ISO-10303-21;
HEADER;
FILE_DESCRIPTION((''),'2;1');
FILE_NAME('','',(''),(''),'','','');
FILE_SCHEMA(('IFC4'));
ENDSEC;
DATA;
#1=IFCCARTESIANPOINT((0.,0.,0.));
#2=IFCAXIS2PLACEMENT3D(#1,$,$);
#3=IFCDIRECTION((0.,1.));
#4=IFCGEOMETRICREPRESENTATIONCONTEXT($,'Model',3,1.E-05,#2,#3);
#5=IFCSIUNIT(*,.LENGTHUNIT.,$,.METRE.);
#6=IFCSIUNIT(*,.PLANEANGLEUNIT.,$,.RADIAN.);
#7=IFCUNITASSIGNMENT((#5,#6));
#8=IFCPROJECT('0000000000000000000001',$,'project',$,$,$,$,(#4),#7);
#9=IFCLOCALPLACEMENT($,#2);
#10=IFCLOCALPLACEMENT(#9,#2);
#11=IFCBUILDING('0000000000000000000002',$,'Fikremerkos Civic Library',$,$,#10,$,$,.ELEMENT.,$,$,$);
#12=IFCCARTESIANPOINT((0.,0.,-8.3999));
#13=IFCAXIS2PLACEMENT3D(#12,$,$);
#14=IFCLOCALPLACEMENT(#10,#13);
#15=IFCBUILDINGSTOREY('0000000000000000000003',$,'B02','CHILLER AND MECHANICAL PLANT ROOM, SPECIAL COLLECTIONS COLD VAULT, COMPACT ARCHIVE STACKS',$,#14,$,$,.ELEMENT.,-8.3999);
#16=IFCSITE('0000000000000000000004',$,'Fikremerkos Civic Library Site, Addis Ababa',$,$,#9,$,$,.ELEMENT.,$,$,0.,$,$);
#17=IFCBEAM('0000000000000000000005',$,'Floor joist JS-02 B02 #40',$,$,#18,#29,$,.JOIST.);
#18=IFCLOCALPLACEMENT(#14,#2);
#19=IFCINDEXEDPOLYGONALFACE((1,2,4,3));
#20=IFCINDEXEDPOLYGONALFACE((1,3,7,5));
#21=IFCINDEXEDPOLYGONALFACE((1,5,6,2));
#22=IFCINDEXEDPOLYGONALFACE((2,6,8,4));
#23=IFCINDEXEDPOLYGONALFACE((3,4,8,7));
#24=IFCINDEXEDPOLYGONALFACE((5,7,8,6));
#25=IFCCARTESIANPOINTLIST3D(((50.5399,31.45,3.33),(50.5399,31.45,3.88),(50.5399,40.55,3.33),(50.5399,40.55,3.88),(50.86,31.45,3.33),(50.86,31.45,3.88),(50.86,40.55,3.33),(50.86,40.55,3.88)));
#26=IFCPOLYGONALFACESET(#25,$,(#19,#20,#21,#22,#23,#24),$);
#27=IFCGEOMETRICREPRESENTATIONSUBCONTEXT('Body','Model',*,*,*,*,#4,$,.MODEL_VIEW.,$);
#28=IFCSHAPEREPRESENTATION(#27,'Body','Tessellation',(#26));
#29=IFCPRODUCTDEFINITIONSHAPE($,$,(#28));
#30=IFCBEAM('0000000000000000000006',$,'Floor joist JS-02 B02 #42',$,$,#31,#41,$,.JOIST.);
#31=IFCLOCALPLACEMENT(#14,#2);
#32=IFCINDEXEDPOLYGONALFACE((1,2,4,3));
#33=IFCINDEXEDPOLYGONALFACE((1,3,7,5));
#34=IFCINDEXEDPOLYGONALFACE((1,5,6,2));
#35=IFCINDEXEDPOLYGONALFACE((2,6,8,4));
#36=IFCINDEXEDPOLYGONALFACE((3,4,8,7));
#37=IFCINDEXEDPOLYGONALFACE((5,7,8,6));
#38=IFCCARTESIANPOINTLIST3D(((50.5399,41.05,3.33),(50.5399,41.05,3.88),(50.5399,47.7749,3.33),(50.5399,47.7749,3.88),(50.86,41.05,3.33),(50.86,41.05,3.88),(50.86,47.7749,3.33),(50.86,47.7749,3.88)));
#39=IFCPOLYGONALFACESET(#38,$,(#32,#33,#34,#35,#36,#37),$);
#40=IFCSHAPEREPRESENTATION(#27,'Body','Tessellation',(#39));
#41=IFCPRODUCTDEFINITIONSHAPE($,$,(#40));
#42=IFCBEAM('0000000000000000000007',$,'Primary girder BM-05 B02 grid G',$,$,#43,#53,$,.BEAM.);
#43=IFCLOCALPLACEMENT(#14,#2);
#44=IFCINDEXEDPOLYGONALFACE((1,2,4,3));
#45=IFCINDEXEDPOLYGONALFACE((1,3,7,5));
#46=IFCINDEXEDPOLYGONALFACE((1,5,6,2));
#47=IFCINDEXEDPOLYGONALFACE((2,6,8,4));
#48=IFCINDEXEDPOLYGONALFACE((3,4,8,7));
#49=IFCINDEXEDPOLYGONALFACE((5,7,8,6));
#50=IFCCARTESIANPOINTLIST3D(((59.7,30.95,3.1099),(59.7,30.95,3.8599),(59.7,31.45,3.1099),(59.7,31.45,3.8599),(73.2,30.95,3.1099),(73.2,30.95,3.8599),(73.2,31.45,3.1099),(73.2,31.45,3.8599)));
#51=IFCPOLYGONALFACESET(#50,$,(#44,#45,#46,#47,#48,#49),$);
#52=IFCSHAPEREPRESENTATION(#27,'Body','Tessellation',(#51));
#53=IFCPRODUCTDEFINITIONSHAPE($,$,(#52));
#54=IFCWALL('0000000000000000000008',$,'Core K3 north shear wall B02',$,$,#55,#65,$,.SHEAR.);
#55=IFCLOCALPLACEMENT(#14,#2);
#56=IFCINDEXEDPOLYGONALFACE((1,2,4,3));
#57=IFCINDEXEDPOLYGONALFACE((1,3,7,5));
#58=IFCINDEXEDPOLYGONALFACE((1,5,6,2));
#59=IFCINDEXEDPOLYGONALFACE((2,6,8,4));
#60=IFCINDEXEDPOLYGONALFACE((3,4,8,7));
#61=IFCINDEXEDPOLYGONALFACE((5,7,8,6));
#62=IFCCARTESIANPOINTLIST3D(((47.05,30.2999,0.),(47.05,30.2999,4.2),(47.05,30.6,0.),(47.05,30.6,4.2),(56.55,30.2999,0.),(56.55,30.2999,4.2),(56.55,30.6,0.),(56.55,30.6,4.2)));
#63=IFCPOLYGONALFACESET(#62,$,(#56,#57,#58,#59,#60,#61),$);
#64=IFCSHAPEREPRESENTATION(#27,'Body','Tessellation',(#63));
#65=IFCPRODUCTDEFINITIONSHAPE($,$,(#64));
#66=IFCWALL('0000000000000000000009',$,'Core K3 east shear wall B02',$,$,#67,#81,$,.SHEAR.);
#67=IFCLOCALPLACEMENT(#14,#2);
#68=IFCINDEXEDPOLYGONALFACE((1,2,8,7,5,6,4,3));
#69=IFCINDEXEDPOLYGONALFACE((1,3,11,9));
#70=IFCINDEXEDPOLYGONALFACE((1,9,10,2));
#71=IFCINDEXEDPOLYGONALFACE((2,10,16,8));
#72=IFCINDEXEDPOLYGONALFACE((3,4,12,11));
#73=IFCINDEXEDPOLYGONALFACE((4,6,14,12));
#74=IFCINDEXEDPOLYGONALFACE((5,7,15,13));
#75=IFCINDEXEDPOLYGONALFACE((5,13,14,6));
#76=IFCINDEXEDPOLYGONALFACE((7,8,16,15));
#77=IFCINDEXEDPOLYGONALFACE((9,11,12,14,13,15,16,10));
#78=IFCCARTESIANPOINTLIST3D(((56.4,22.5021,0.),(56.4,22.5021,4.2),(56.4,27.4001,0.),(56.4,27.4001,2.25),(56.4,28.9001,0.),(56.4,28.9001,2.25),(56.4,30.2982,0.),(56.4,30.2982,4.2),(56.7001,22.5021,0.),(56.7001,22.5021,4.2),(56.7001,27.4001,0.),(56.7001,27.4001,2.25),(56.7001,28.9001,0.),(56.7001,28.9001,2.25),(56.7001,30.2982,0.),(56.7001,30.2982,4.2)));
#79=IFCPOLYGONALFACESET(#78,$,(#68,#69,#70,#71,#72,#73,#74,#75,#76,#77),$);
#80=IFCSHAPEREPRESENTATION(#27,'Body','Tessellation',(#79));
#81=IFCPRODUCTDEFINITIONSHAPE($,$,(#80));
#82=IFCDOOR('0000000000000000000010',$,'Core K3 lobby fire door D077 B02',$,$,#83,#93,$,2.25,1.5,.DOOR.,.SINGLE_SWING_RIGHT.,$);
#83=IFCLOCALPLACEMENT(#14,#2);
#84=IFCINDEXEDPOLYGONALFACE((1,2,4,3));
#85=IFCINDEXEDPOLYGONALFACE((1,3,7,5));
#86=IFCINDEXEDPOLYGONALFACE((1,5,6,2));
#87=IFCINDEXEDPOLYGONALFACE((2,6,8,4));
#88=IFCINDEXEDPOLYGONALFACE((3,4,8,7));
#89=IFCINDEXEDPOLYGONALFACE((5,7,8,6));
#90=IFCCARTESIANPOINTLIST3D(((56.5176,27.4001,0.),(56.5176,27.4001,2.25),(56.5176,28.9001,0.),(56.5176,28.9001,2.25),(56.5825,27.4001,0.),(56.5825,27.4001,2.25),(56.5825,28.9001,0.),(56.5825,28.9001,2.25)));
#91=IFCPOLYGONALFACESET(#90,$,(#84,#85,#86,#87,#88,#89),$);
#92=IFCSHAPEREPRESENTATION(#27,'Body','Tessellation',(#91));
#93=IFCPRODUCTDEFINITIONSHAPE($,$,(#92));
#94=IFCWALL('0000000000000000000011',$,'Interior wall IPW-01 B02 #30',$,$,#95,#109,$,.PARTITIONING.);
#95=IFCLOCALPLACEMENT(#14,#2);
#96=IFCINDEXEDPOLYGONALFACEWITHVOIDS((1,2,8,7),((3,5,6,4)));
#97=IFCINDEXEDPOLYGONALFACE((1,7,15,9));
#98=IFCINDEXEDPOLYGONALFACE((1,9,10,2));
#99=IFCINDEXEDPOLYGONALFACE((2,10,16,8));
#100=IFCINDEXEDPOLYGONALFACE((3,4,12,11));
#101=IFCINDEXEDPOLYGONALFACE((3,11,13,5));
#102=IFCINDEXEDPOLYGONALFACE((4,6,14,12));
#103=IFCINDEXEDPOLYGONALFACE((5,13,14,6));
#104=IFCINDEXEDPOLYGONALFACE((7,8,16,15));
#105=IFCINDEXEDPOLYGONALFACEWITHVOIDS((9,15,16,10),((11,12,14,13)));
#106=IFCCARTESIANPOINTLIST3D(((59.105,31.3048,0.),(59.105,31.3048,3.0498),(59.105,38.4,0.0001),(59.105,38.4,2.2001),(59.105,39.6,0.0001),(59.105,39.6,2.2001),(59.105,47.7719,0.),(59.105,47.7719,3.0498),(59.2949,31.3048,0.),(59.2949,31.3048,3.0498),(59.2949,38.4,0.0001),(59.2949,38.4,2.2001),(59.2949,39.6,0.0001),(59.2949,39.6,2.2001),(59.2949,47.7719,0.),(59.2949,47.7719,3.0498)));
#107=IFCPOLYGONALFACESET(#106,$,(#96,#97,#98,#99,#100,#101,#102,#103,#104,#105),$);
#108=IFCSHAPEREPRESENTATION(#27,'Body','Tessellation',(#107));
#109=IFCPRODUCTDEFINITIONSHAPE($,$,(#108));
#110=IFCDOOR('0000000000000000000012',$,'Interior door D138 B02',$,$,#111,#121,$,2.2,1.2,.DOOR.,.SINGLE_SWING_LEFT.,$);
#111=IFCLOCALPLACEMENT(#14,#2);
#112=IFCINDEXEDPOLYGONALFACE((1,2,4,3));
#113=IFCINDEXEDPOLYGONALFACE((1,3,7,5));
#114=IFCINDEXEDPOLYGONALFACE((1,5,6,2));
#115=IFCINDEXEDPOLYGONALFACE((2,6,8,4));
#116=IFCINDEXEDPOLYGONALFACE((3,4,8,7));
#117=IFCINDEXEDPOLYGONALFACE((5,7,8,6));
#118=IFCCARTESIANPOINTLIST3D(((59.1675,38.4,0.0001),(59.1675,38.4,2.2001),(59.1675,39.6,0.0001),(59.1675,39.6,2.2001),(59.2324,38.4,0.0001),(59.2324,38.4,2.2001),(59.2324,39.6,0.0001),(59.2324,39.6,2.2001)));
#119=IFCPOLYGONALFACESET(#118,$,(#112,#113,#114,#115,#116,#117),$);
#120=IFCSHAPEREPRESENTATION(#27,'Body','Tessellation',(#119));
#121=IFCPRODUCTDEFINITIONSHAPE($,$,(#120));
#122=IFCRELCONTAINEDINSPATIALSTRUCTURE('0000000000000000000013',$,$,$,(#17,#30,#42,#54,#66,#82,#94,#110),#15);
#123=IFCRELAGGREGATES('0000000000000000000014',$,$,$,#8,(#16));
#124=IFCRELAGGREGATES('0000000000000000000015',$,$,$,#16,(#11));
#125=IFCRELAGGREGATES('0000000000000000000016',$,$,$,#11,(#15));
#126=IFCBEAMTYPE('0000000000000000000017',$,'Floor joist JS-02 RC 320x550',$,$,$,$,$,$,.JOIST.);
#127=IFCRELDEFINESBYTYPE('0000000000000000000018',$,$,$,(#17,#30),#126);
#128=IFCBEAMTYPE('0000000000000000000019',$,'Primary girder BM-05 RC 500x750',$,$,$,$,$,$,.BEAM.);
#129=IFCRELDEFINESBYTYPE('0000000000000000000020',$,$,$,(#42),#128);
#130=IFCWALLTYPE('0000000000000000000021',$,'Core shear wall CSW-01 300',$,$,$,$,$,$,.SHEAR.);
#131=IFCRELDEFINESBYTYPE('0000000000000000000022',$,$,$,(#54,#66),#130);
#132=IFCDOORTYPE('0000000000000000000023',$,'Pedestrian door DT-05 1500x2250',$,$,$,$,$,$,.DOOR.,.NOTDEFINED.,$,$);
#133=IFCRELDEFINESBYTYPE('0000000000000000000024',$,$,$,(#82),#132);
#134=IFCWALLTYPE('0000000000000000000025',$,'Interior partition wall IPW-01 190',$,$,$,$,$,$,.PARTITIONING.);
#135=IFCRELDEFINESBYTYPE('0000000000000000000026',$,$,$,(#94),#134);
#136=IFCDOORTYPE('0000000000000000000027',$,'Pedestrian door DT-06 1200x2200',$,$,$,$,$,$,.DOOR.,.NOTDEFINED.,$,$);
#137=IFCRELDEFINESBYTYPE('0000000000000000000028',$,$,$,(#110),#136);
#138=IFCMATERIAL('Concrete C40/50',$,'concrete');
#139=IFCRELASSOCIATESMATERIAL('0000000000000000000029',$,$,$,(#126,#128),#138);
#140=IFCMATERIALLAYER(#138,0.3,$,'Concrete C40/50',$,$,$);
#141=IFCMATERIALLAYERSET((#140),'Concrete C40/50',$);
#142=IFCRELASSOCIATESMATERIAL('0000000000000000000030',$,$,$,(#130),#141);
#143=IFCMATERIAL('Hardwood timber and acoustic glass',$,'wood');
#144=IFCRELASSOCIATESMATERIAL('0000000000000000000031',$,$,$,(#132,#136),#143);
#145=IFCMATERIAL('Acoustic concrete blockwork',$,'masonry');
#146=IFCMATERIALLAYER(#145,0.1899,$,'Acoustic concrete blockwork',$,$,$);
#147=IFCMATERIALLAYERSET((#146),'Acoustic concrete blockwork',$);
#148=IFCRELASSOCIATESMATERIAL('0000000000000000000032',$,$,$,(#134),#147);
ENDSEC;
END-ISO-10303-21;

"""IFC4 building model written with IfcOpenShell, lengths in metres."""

from ifc_helpers import new_model, si_unit, direction, frame, frame_2d, origin, origin_2d, place, context, subcontext, project, spatial, rectangle, extrude, material, layer, layer_set, material_profile, profile_set, type_object, element, fill, save


model = new_model("IFC4")

# Units and contexts
model_context = context("Model", 3, precision=1e-05, world=origin(), true_north=direction((0.0, 1.0)))
body_context = subcontext(model_context, "Body", "Model", "MODEL_VIEW")
ifc_project = project(units=[si_unit("LENGTHUNIT", "METRE"), si_unit("PLANEANGLEUNIT", "RADIAN")], contexts=[model_context])

# Site, building, storey
site_placement = place(None, origin())
site = spatial("IfcSite", under=ifc_project, at=site_placement, Name="Fikremerkos Civic Library Site, Addis Ababa", CompositionType="ELEMENT", RefElevation=0.0)
building_placement = place(site_placement, origin())
building = spatial("IfcBuilding", under=site, at=building_placement, Name="Fikremerkos Civic Library", CompositionType="ELEMENT")
storey_placement = place(building_placement, frame((0.0, 0.0, -8.3999)))
storey = spatial("IfcBuildingStorey", under=building, at=storey_placement, Name="B02", Description="CHILLER AND MECHANICAL PLANT ROOM, SPECIAL COLLECTIONS COLD VAULT, COMPACT ARCHIVE STACKS", CompositionType="ELEMENT", Elevation=-8.3999)

# Shared definitions
ifc_material_1 = material(Name="Concrete C40/50", Category="concrete")

# Beams
ifc_material_profile_1 = material_profile(ifc_material_1, rectangle(XDim=0.3201, YDim=0.55, at=origin_2d()), Name="RC 320x550")
ifc_profile_set_1 = profile_set([ifc_material_profile_1], Name="Concrete C40/50")
beam_type_1 = type_object("IfcBeamType", Name="Floor joist JS-02 RC 320x550", PredefinedType="JOIST", material=ifc_profile_set_1)
beam_1_placement = place(storey_placement, frame((50.7, 31.45, 3.605), z_axis=(0.0, 1.0, 0.0), x_axis=(-1.0, 0.0, 0.0)))
element("IfcBeam", 1, at=beam_1_placement, inside=storey, type_object=beam_type_1, Name="Floor joist JS-02 B02 #40", PredefinedType="JOIST", context=body_context, shape_type="SweptSolid", body=[
    extrude(rectangle(XDim=0.3201, YDim=0.55, at=origin_2d()), origin(), (0.0, 0.0, 1.0), 9.1001),
])
beam_2_placement = place(storey_placement, frame((50.7, 41.05, 3.605), z_axis=(0.0, 1.0, 0.0), x_axis=(-1.0, 0.0, 0.0)))
element("IfcBeam", 2, at=beam_2_placement, inside=storey, type_object=beam_type_1, Name="Floor joist JS-02 B02 #42", PredefinedType="JOIST", context=body_context, shape_type="SweptSolid", body=[
    extrude(rectangle(XDim=0.3201, YDim=0.55, at=origin_2d()), origin(), (0.0, 0.0, 1.0), 6.7249),
])
ifc_material_profile_2 = material_profile(ifc_material_1, rectangle(XDim=0.5, YDim=0.75, at=origin_2d()), Name="RC 500x750")
ifc_profile_set_2 = profile_set([ifc_material_profile_2], Name="Concrete C40/50")
beam_type_2 = type_object("IfcBeamType", Name="Primary girder BM-05 RC 500x750", PredefinedType="BEAM", material=ifc_profile_set_2)
beam_3_placement = place(storey_placement, frame((59.7, 31.2, 3.4849), z_axis=(1.0, 0.0, 0.0), x_axis=(0.0, 1.0, 0.0)))
element("IfcBeam", 3, at=beam_3_placement, inside=storey, type_object=beam_type_2, Name="Primary girder BM-05 B02 grid G", PredefinedType="BEAM", context=body_context, shape_type="SweptSolid", body=[
    extrude(rectangle(XDim=0.5, YDim=0.75, at=origin_2d()), origin(), (0.0, 0.0, 1.0), 13.5),
])

# Wall
ifc_layer_1 = layer(ifc_material_1, 0.3, Name="Concrete C40/50")
ifc_layer_set_1 = layer_set([ifc_layer_1], Name="Concrete C40/50")
wall_type_1 = type_object("IfcWallType", Name="Core shear wall CSW-01 300", PredefinedType="SHEAR", material=ifc_layer_set_1)
wall_1_placement = place(storey_placement, frame((47.05, 30.45, 0.0), z_axis=(0.0, 0.0, 1.0), x_axis=(1.0, 0.0, 0.0)))
element("IfcWall", 4, at=wall_1_placement, inside=storey, type_object=wall_type_1, Name="Core K3 north shear wall B02", PredefinedType="SHEAR", context=body_context, shape_type="SweptSolid", body=[
    extrude(rectangle(XDim=9.5, YDim=0.3, at=frame_2d((4.75, 0.0))), origin(), (0.0, 0.0, 1.0), 4.2),
])

# Walls, openings, doors
wall_2_placement = place(storey_placement, frame((56.55, 30.2981, 0.0), z_axis=(0.0, 0.0, 1.0), x_axis=(0.0, -1.0, 0.0)))
wall_2 = element("IfcWall", 5, at=wall_2_placement, inside=storey, type_object=wall_type_1, Name="Core K3 east shear wall B02", PredefinedType="SHEAR", context=body_context, shape_type="SweptSolid", body=[
    extrude(rectangle(XDim=7.7961, YDim=0.3, at=frame_2d((3.8979, 0.0))), origin(), (0.0, 0.0, 1.0), 4.2),
])
opening_1_placement = place(wall_2_placement, frame((1.3979, 0.0, 0.0)))
opening_1 = element("IfcOpeningElement", 6, at=opening_1_placement, cuts=wall_2, PredefinedType="OPENING", context=body_context, shape_type="SweptSolid", body=[
    extrude(rectangle(XDim=1.5, YDim=2.25, at=frame_2d((0.75, 1.125))), frame((0.0, 0.1599, 0.0), z_axis=(0.0, -1.0, 0.0), x_axis=(1.0, 0.0, 0.0)), (0.0, 0.0, 1.0), 0.3201),
])
ifc_material_2 = material(Name="Hardwood timber and acoustic glass", Category="wood")
door_type_1 = type_object("IfcDoorType", Name="Pedestrian door DT-05 1500x2250", OperationType="NOTDEFINED", PredefinedType="DOOR", material=ifc_material_2)
door_1_placement = place(opening_1_placement, origin())
door_1 = element("IfcDoor", 7, at=door_1_placement, inside=storey, type_object=door_type_1, Name="Core K3 lobby fire door D077 B02", OperationType="SINGLE_SWING_RIGHT", OverallHeight=2.25, OverallWidth=1.5, PredefinedType="DOOR", context=body_context, shape_type="SweptSolid", body=[
    extrude(rectangle(XDim=1.5, YDim=2.25, at=frame_2d((0.75, 1.125))), frame((0.0, 0.0325, 0.0), z_axis=(0.0, -1.0, 0.0), x_axis=(1.0, 0.0, 0.0)), (0.0, 0.0, 1.0), 0.0649),
])
fill(opening_1, door_1)
ifc_material_3 = material(Name="Acoustic concrete blockwork", Category="masonry")
ifc_layer_2 = layer(ifc_material_3, 0.1899, Name="Acoustic concrete blockwork")
ifc_layer_set_2 = layer_set([ifc_layer_2], Name="Acoustic concrete blockwork")
wall_type_2 = type_object("IfcWallType", Name="Interior partition wall IPW-01 190", PredefinedType="PARTITIONING", material=ifc_layer_set_2)
wall_3_placement = place(storey_placement, frame((59.2, 31.3049, 0.0), z_axis=(0.0, 0.0, 1.0), x_axis=(0.0, 1.0, 0.0)))
wall_3 = element("IfcWall", 8, at=wall_3_placement, inside=storey, type_object=wall_type_2, Name="Interior wall IPW-01 B02 #30", PredefinedType="PARTITIONING", context=body_context, shape_type="SweptSolid", body=[
    extrude(rectangle(XDim=16.467, YDim=0.1899, at=frame_2d((8.2334, 0.0))), origin(), (0.0, 0.0, 1.0), 3.0498),
])
opening_2_placement = place(wall_3_placement, frame((7.095, 0.0, 0.0)))
opening_2 = element("IfcOpeningElement", 9, at=opening_2_placement, cuts=wall_3, PredefinedType="OPENING", context=body_context, shape_type="SweptSolid", body=[
    extrude(rectangle(XDim=1.2, YDim=2.2, at=frame_2d((0.6001, 1.1001))), frame((0.0, 0.105, 0.0), z_axis=(0.0, -1.0, 0.0), x_axis=(1.0, 0.0, 0.0)), (0.0, 0.0, 1.0), 0.21),
])
door_type_2 = type_object("IfcDoorType", Name="Pedestrian door DT-06 1200x2200", OperationType="NOTDEFINED", PredefinedType="DOOR", material=ifc_material_2)
door_2_placement = place(opening_2_placement, origin())
door_2 = element("IfcDoor", 10, at=door_2_placement, inside=storey, type_object=door_type_2, Name="Interior door D138 B02", OperationType="SINGLE_SWING_LEFT", OverallHeight=2.2, OverallWidth=1.2, PredefinedType="DOOR", context=body_context, shape_type="SweptSolid", body=[
    extrude(rectangle(XDim=1.2, YDim=2.2, at=frame_2d((0.6001, 1.1001))), frame((0.0, 0.0325, 0.0), z_axis=(0.0, -1.0, 0.0), x_axis=(1.0, 0.0, 0.0)), (0.0, 0.0, 1.0), 0.0649),
])
fill(opening_2, door_2)

save(model, "model.ifc")
